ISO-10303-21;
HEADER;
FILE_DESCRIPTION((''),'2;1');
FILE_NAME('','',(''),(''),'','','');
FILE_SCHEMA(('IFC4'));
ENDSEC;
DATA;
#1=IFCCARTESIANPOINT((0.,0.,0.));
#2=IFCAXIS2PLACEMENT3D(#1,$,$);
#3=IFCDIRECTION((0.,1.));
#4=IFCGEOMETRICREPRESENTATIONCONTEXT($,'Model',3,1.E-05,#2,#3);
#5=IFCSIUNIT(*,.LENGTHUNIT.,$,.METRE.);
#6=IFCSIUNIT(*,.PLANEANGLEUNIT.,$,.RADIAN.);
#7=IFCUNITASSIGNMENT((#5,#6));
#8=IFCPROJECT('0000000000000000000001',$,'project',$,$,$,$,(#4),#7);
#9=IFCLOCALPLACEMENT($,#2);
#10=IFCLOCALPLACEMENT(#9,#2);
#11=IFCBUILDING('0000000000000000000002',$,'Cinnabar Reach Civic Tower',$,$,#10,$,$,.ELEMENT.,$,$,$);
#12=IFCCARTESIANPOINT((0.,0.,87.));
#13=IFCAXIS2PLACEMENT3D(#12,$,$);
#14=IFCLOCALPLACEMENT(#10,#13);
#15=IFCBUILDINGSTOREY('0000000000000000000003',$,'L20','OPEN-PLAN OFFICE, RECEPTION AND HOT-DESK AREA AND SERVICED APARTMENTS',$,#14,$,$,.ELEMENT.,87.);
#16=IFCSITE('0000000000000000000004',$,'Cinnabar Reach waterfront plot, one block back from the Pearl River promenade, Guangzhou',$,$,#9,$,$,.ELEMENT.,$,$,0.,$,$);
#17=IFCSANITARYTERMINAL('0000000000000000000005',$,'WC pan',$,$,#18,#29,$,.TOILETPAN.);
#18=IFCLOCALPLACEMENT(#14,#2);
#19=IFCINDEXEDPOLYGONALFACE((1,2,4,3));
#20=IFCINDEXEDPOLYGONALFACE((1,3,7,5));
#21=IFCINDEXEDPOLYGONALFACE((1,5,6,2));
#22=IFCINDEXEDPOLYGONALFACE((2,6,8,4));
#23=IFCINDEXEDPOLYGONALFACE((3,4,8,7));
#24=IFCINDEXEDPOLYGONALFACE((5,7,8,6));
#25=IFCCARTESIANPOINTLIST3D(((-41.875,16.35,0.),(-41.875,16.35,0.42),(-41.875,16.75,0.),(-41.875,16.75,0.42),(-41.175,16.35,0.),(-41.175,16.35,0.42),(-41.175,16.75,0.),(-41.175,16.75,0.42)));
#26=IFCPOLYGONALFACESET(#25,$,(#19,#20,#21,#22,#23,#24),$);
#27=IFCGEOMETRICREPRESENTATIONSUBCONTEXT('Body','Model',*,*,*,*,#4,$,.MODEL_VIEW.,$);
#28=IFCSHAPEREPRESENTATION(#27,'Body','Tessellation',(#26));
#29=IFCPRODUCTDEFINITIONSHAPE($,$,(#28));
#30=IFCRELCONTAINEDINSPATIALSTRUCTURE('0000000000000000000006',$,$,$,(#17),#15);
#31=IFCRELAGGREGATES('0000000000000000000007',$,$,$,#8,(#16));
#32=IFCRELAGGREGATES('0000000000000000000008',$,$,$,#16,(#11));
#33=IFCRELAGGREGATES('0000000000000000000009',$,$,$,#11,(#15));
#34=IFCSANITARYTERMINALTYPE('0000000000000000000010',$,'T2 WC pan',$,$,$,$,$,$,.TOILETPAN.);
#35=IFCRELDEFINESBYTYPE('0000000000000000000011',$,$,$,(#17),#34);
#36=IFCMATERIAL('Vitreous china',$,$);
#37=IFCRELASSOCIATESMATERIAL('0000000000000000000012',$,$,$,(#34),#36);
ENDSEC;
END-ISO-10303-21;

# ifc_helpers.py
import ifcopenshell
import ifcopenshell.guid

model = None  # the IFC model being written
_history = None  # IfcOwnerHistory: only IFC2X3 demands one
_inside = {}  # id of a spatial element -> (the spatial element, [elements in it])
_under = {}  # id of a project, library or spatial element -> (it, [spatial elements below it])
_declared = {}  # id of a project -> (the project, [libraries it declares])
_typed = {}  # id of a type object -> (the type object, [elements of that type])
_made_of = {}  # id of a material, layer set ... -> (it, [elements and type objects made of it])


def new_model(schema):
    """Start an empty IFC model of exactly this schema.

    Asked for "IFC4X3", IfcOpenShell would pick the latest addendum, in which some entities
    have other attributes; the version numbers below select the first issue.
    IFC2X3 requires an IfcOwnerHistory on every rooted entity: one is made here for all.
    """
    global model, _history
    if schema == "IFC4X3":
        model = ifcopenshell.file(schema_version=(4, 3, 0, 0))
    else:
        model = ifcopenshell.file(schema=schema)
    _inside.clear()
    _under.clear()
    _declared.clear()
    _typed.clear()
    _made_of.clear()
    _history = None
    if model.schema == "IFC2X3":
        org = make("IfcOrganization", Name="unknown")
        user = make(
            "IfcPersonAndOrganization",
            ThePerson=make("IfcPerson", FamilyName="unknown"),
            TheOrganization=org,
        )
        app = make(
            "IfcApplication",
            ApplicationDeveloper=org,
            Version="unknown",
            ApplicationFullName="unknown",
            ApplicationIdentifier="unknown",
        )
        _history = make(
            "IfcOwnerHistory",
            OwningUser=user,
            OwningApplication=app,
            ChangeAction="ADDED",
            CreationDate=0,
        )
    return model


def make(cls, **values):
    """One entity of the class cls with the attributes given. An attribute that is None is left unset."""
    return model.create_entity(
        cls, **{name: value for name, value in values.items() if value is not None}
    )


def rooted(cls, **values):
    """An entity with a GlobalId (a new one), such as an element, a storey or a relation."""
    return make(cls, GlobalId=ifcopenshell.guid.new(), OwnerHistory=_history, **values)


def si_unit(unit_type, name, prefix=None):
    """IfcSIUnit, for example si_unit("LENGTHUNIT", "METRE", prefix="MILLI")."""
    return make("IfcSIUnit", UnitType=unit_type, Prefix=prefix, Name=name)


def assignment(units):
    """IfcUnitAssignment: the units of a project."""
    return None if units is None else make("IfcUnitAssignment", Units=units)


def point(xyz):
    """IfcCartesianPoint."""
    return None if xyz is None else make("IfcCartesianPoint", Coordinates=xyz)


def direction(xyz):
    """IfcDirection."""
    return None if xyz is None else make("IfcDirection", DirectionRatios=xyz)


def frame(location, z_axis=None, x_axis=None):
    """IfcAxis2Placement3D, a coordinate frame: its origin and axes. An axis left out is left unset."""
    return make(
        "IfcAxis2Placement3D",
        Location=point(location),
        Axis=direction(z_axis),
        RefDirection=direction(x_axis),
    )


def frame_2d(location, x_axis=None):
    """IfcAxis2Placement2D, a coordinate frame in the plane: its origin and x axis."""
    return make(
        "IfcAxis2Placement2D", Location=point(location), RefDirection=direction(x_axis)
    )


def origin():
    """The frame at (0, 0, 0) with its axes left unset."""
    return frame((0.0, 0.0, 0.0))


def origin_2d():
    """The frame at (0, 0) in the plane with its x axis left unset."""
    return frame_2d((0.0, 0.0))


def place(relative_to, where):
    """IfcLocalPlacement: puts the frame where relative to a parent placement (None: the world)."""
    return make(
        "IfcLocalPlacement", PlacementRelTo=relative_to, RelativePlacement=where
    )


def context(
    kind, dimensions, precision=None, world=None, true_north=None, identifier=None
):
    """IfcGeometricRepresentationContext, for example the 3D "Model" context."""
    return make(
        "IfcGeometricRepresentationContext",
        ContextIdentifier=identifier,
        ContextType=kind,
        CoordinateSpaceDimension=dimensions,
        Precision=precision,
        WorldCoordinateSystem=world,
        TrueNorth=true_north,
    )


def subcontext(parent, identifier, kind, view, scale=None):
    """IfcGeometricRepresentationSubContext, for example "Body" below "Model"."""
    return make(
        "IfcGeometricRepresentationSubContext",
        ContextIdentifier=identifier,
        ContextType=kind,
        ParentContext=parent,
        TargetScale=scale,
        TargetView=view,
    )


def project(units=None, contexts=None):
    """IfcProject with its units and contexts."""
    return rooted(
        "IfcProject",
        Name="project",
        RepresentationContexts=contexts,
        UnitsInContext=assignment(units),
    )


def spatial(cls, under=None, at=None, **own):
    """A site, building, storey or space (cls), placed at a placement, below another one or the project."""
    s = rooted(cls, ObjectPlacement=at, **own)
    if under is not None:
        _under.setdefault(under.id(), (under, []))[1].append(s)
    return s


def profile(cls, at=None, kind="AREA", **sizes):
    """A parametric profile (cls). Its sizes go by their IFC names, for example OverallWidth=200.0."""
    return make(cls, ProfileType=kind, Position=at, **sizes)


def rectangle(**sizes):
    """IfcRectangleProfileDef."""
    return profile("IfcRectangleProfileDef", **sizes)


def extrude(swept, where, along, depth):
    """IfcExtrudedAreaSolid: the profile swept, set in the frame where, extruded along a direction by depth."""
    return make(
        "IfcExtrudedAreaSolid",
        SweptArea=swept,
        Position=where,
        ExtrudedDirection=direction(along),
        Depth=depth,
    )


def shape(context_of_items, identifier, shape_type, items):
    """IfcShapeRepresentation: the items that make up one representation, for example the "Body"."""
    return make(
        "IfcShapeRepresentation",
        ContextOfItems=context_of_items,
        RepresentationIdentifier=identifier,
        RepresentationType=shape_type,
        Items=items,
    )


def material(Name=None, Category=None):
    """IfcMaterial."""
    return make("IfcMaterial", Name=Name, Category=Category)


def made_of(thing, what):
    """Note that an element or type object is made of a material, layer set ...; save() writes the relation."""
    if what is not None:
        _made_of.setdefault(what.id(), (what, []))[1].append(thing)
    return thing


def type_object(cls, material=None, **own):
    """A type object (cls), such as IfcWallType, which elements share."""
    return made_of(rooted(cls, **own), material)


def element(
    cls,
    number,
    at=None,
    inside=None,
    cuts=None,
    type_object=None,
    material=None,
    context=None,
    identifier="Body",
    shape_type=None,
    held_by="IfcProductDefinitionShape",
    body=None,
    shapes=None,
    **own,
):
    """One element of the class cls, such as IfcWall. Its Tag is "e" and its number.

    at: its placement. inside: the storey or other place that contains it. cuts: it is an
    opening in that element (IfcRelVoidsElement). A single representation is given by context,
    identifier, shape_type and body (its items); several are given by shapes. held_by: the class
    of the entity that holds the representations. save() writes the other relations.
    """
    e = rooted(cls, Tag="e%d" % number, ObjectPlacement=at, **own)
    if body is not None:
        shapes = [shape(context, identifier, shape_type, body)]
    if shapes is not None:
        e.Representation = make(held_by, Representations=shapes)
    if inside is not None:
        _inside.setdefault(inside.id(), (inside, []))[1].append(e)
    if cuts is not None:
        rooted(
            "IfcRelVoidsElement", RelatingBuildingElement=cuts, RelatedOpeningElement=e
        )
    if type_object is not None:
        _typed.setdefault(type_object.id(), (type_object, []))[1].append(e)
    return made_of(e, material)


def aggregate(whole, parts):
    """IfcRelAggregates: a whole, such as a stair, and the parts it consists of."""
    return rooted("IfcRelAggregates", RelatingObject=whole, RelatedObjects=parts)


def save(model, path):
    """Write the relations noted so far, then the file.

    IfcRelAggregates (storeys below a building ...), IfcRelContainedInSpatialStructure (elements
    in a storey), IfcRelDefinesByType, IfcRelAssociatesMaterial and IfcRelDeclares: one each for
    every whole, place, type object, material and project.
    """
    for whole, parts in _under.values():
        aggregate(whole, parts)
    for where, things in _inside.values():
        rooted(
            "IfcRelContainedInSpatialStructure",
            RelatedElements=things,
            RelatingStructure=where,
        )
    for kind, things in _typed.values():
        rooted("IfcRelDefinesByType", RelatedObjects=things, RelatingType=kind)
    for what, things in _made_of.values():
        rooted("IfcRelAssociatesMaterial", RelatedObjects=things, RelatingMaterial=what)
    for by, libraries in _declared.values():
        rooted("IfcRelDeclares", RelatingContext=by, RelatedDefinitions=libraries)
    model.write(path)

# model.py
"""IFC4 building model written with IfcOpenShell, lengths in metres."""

from ifc_helpers import new_model, si_unit, direction, frame, origin, origin_2d, place, context, subcontext, project, spatial, rectangle, extrude, material, type_object, element, save


model = new_model("IFC4")

# Units and contexts
model_context = context("Model", 3, precision=1e-05, world=origin(), true_north=direction((0.0, 1.0)))
body_context = subcontext(model_context, "Body", "Model", "MODEL_VIEW")
ifc_project = project(units=[si_unit("LENGTHUNIT", "METRE"), si_unit("PLANEANGLEUNIT", "RADIAN")], contexts=[model_context])

# Site, building, storey
site_placement = place(None, origin())
site = spatial("IfcSite", under=ifc_project, at=site_placement, Name="Cinnabar Reach waterfront plot, one block back from the Pearl River promenade, Guangzhou", CompositionType="ELEMENT", RefElevation=0.0)
building_placement = place(site_placement, origin())
building = spatial("IfcBuilding", under=site, at=building_placement, Name="Cinnabar Reach Civic Tower", CompositionType="ELEMENT")
storey_placement = place(building_placement, frame((0.0, 0.0, 87.0)))
storey = spatial("IfcBuildingStorey", under=building, at=storey_placement, Name="L20", Description="OPEN-PLAN OFFICE, RECEPTION AND HOT-DESK AREA AND SERVICED APARTMENTS", CompositionType="ELEMENT", Elevation=87.0)

# Sanitary terminal
ifc_material_1 = material(Name="Vitreous china")
sanitary_terminal_type = type_object("IfcSanitaryTerminalType", Name="T2 WC pan", PredefinedType="TOILETPAN", material=ifc_material_1)
sanitary_terminal_placement = place(storey_placement, frame((-41.525, 16.55, 0.0), z_axis=(0.0, 0.0, 1.0), x_axis=(1.0, 0.0, 0.0)))
element("IfcSanitaryTerminal", 1, at=sanitary_terminal_placement, inside=storey, type_object=sanitary_terminal_type, Name="WC pan", PredefinedType="TOILETPAN", context=body_context, shape_type="SweptSolid", body=[
    extrude(rectangle(XDim=0.7, YDim=0.4, at=origin_2d()), origin(), (0.0, 0.0, 1.0), 0.42),
])

save(model, "model.ifc")
